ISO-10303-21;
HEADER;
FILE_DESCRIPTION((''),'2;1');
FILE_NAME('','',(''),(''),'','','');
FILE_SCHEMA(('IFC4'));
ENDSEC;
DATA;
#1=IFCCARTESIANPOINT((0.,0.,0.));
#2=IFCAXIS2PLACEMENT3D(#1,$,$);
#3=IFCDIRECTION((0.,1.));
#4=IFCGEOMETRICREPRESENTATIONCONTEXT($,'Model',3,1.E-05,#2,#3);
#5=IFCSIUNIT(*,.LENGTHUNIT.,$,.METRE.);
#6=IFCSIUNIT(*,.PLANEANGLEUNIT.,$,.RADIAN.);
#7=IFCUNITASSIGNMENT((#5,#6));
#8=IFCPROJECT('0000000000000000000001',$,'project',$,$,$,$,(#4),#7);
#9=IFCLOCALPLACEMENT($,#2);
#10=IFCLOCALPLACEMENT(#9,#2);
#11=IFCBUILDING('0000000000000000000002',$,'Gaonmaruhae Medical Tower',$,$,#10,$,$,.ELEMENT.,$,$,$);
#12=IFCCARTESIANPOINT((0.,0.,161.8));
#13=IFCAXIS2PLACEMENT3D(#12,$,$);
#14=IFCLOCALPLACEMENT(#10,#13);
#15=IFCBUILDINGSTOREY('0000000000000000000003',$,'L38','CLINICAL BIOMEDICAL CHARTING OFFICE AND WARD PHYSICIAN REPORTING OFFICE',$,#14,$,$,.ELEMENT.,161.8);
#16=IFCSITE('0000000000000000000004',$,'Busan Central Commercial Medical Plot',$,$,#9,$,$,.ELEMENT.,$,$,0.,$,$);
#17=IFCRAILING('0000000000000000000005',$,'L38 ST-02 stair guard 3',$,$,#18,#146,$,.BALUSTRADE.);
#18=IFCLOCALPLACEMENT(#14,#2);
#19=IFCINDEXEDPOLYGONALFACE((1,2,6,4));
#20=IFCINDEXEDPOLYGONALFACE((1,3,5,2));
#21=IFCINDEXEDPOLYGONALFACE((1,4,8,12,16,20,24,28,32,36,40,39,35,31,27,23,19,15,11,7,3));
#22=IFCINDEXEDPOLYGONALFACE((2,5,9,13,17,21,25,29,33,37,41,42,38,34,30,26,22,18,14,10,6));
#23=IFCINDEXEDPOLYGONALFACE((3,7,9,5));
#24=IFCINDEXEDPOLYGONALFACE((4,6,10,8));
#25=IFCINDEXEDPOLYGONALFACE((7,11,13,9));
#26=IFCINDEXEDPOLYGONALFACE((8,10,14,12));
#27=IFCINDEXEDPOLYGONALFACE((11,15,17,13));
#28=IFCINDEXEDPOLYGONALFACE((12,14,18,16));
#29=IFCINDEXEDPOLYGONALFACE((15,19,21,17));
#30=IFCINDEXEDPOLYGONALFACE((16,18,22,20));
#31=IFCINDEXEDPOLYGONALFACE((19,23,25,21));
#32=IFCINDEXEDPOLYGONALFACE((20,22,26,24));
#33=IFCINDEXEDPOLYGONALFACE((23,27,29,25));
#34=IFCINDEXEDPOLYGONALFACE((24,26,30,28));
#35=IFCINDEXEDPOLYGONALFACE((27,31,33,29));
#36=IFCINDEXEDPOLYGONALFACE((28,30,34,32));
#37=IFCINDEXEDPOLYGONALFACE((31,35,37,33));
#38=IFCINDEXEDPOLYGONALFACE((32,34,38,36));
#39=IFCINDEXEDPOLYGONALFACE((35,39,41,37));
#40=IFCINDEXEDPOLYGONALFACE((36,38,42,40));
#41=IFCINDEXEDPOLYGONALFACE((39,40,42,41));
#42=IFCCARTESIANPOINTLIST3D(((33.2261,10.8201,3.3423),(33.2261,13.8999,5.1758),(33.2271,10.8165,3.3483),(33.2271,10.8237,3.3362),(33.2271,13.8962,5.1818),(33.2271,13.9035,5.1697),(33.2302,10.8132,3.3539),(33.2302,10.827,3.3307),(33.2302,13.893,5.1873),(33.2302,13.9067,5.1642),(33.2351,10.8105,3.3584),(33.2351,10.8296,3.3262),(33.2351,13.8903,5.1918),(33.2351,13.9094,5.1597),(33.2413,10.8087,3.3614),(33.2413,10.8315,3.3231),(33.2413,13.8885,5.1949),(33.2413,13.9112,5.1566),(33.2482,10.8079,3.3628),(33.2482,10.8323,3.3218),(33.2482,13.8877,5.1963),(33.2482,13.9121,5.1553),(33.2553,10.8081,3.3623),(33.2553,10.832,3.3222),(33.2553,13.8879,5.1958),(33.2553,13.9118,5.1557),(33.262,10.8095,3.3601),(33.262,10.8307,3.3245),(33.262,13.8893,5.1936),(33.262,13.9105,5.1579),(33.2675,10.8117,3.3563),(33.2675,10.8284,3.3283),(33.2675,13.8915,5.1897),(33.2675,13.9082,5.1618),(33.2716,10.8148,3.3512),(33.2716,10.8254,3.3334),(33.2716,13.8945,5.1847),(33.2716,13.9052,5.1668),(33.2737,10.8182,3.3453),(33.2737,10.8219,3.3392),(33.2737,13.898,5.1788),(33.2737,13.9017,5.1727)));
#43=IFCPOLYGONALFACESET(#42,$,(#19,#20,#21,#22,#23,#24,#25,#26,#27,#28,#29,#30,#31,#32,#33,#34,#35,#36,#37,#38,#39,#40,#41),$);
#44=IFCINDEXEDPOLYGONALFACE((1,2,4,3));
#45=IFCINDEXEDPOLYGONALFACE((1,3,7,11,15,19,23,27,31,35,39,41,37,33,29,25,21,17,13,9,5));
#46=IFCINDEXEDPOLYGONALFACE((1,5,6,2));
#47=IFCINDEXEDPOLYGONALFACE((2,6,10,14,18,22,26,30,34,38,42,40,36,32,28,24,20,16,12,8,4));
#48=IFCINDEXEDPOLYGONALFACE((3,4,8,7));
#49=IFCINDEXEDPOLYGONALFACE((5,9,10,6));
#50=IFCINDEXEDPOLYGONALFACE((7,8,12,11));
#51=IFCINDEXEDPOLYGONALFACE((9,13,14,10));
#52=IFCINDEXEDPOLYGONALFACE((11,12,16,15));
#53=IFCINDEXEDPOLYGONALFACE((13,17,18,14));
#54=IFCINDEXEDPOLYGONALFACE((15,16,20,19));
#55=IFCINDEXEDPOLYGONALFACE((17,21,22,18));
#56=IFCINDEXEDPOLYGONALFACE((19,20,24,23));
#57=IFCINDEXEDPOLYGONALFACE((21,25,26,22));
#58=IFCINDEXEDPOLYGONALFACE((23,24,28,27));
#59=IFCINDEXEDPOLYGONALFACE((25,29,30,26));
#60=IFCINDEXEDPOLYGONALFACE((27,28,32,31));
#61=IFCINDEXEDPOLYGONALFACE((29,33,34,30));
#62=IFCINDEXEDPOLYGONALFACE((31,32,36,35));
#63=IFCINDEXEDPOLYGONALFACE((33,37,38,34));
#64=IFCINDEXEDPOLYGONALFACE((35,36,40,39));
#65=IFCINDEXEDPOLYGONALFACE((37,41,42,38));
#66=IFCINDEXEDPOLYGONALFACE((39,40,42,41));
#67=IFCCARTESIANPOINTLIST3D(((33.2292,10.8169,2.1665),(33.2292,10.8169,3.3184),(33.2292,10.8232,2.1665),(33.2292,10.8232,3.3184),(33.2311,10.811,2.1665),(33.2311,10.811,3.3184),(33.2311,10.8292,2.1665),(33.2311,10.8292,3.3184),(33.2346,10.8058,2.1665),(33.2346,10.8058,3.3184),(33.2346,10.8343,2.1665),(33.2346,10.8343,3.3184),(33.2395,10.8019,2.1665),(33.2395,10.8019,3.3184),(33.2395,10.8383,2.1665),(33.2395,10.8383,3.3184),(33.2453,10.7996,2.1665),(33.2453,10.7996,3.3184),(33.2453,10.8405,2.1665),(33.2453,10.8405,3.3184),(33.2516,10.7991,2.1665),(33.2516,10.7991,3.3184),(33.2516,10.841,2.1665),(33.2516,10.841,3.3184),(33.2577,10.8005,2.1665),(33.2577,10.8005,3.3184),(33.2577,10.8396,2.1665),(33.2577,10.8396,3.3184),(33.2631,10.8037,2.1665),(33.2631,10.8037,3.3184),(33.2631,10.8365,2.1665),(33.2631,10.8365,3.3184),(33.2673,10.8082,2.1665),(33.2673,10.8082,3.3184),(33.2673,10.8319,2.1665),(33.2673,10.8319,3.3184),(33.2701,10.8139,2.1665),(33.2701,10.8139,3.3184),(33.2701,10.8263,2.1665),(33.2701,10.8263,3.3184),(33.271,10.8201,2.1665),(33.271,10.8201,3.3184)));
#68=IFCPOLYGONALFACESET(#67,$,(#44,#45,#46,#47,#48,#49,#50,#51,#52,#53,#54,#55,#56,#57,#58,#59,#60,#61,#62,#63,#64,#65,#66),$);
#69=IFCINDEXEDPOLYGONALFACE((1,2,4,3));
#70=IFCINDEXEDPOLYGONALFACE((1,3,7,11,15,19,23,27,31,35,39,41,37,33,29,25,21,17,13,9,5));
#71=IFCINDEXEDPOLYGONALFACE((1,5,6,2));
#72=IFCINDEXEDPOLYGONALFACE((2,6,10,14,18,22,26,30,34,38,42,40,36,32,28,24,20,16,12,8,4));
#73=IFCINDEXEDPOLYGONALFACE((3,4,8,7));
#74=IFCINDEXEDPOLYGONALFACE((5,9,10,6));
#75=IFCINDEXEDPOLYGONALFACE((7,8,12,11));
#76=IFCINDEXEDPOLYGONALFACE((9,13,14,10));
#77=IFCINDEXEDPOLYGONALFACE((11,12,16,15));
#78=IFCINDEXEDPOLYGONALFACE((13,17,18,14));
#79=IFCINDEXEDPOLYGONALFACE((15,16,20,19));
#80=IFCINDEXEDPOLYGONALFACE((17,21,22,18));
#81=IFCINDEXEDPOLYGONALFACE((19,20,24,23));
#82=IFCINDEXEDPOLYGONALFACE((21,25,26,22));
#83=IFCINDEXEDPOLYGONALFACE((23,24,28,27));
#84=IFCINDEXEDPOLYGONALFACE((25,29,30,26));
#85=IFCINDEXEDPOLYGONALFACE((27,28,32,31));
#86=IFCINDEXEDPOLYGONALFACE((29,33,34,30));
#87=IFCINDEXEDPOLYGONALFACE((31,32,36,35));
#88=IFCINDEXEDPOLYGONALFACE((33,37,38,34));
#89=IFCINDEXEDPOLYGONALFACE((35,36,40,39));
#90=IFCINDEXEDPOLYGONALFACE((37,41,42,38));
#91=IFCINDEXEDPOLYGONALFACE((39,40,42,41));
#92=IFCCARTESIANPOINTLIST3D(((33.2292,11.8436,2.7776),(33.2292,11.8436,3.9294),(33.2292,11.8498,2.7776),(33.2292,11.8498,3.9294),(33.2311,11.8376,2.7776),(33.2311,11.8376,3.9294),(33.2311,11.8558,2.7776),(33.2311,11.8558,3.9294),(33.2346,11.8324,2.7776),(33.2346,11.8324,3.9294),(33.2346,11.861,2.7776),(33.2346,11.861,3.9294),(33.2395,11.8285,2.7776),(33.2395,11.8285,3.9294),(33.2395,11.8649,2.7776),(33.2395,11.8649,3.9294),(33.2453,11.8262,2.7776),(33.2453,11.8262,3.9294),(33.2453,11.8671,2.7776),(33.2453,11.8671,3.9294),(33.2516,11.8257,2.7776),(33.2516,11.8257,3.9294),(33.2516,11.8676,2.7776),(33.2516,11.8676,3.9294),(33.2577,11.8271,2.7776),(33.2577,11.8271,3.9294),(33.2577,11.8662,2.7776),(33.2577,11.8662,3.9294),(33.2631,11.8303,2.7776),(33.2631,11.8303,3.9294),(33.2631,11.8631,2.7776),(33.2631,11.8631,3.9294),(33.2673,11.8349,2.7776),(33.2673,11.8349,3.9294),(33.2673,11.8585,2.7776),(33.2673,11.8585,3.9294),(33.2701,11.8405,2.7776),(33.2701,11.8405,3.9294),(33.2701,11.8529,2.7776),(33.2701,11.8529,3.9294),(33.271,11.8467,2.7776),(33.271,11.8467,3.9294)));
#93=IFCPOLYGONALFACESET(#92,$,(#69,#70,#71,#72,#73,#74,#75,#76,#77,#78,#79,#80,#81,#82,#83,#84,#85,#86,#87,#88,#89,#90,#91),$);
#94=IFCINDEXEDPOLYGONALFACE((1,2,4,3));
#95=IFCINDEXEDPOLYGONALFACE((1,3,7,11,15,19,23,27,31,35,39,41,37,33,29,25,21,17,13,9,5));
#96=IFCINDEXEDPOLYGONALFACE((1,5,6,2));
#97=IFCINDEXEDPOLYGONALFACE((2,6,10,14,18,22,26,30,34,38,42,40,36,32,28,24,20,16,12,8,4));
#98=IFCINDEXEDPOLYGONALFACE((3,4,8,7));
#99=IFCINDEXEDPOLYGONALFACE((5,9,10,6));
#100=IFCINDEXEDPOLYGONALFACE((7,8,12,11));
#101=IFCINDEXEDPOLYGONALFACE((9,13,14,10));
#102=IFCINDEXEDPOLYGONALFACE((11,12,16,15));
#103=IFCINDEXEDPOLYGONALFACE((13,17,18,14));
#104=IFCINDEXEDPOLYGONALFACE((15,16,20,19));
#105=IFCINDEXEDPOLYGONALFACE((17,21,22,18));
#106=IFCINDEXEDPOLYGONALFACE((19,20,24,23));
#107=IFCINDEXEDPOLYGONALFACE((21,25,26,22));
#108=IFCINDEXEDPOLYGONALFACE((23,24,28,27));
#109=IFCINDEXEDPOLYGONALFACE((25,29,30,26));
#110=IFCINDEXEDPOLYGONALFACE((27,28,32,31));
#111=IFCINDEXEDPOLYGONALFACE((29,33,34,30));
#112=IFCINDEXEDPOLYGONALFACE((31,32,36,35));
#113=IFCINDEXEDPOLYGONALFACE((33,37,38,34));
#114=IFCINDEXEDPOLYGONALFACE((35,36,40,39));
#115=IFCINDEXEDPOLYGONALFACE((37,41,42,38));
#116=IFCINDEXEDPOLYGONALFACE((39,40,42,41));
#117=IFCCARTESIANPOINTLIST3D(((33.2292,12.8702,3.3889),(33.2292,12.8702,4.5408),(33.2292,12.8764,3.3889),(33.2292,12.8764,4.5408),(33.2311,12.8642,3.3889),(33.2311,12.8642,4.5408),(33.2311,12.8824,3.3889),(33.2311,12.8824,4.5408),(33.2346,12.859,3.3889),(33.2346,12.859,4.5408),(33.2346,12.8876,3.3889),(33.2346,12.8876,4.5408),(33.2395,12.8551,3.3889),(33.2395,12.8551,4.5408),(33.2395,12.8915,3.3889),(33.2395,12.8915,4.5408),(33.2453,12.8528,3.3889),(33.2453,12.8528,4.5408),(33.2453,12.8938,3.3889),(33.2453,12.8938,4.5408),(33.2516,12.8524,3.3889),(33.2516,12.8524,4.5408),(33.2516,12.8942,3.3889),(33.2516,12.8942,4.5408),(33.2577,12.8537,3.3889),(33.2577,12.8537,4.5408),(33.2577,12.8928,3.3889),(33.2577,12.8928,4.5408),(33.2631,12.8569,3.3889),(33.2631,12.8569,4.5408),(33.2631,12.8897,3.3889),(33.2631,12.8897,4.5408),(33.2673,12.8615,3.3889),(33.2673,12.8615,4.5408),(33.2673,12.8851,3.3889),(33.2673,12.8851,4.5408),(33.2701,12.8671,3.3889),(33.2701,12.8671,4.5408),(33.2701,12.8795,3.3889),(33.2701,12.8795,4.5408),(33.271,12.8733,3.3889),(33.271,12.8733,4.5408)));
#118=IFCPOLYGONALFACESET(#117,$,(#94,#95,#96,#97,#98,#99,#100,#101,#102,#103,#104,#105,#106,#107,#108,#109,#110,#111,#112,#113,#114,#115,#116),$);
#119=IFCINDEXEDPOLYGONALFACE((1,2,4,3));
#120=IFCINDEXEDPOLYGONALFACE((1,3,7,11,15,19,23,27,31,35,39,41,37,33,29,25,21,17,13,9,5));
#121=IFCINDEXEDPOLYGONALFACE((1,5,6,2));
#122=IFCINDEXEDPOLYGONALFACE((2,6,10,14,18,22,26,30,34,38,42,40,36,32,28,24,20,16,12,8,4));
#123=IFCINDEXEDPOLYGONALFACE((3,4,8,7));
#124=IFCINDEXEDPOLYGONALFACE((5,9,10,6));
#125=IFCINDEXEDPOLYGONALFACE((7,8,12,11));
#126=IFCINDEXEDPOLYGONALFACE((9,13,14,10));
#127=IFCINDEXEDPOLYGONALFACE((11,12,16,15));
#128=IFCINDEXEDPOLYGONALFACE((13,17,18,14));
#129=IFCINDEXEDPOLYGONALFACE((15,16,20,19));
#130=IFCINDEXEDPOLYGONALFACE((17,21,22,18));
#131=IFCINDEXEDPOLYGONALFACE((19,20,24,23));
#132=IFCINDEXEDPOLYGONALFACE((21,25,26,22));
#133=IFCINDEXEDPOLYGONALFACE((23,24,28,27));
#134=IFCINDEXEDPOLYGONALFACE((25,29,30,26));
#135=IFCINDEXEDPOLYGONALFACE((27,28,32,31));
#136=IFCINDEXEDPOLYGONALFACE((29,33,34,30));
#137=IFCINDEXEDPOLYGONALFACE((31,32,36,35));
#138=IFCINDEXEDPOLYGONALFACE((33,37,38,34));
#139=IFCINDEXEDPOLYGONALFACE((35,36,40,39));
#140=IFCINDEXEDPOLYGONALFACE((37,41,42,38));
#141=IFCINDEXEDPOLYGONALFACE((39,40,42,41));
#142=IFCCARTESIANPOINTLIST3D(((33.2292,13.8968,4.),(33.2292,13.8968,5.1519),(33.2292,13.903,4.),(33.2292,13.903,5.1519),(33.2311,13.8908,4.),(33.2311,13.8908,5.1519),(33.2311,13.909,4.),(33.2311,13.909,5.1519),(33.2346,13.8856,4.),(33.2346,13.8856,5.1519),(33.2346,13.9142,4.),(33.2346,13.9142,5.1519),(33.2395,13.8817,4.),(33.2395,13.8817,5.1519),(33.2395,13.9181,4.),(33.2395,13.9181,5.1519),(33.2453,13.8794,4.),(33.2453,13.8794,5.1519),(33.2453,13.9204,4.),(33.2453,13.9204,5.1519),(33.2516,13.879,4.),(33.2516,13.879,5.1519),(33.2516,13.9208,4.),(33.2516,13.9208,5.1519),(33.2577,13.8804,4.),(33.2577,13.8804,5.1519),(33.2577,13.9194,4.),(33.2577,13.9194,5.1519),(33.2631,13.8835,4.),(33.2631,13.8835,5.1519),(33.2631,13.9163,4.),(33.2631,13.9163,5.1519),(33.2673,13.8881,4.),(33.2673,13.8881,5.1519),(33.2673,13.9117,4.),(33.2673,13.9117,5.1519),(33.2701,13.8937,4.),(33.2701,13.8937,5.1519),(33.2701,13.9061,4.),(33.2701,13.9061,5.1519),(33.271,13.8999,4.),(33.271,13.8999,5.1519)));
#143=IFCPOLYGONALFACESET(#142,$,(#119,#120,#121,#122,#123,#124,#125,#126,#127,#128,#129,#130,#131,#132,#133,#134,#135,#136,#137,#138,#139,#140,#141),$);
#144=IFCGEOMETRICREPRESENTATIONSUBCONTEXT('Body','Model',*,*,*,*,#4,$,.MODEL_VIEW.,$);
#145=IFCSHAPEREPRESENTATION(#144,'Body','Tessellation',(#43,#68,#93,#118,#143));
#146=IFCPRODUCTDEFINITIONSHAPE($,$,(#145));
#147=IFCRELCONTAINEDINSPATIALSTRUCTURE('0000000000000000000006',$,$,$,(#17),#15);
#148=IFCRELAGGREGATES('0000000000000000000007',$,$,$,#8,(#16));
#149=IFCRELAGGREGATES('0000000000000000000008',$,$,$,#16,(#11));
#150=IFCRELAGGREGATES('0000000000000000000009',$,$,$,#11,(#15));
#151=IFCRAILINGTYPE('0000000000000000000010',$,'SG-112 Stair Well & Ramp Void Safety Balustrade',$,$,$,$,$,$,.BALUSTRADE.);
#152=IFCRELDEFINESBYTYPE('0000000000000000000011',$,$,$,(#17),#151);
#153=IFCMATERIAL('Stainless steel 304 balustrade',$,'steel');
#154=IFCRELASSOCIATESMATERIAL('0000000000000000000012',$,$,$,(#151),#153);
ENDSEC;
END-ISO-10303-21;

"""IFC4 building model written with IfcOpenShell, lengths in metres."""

from ifc_helpers import new_model, si_unit, direction, frame, origin, origin_2d, place, context, subcontext, project, spatial, circle, extrude, material, type_object, element, save


model = new_model("IFC4")

# Units and contexts
model_context = context("Model", 3, precision=1e-05, world=origin(), true_north=direction((0.0, 1.0)))
body_context = subcontext(model_context, "Body", "Model", "MODEL_VIEW")
ifc_project = project(units=[si_unit("LENGTHUNIT", "METRE"), si_unit("PLANEANGLEUNIT", "RADIAN")], contexts=[model_context])

# Site, building, storey
site_placement = place(None, origin())
site = spatial("IfcSite", under=ifc_project, at=site_placement, Name="Busan Central Commercial Medical Plot", CompositionType="ELEMENT", RefElevation=0.0)
building_placement = place(site_placement, origin())
building = spatial("IfcBuilding", under=site, at=building_placement, Name="Gaonmaruhae Medical Tower", CompositionType="ELEMENT")
storey_placement = place(building_placement, frame((0.0, 0.0, 161.8)))
storey = spatial("IfcBuildingStorey", under=building, at=storey_placement, Name="L38", Description="CLINICAL BIOMEDICAL CHARTING OFFICE AND WARD PHYSICIAN REPORTING OFFICE", CompositionType="ELEMENT", Elevation=161.8)

# Railing
ifc_material_1 = material(Name="Stainless steel 304 balustrade", Category="steel")
railing_type = type_object("IfcRailingType", Name="SG-112 Stair Well & Ramp Void Safety Balustrade", PredefinedType="BALUSTRADE", material=ifc_material_1)
railing_1_placement = place(storey_placement, frame((33.25, 10.8201, 2.1665)))
element("IfcRailing", 1, at=railing_1_placement, inside=storey, type_object=railing_type, Name="L38 ST-02 stair guard 3", PredefinedType="BALUSTRADE", context=body_context, shape_type="SweptSolid", body=[
    extrude(circle(Radius=0.0239, at=origin_2d()), frame((0.0, 0.0, 1.1758), z_axis=(0.0, 0.859261, 0.511538), x_axis=(-1.0, 0.0, 0.0)), (0.0, 0.0, 1.0), 3.5842),
    extrude(circle(Radius=0.021, at=origin_2d()), origin(), (0.0, 0.0, 1.0), 1.1519),
    extrude(circle(Radius=0.021, at=origin_2d()), frame((0.0, 1.0266, 0.6111)), (0.0, 0.0, 1.0), 1.1519),
    extrude(circle(Radius=0.021, at=origin_2d()), frame((0.0, 2.0532, 1.2224)), (0.0, 0.0, 1.0), 1.1519),
    extrude(circle(Radius=0.021, at=origin_2d()), frame((0.0, 3.0798, 1.8335)), (0.0, 0.0, 1.0), 1.1519),
])

save(model, "model.ifc")
